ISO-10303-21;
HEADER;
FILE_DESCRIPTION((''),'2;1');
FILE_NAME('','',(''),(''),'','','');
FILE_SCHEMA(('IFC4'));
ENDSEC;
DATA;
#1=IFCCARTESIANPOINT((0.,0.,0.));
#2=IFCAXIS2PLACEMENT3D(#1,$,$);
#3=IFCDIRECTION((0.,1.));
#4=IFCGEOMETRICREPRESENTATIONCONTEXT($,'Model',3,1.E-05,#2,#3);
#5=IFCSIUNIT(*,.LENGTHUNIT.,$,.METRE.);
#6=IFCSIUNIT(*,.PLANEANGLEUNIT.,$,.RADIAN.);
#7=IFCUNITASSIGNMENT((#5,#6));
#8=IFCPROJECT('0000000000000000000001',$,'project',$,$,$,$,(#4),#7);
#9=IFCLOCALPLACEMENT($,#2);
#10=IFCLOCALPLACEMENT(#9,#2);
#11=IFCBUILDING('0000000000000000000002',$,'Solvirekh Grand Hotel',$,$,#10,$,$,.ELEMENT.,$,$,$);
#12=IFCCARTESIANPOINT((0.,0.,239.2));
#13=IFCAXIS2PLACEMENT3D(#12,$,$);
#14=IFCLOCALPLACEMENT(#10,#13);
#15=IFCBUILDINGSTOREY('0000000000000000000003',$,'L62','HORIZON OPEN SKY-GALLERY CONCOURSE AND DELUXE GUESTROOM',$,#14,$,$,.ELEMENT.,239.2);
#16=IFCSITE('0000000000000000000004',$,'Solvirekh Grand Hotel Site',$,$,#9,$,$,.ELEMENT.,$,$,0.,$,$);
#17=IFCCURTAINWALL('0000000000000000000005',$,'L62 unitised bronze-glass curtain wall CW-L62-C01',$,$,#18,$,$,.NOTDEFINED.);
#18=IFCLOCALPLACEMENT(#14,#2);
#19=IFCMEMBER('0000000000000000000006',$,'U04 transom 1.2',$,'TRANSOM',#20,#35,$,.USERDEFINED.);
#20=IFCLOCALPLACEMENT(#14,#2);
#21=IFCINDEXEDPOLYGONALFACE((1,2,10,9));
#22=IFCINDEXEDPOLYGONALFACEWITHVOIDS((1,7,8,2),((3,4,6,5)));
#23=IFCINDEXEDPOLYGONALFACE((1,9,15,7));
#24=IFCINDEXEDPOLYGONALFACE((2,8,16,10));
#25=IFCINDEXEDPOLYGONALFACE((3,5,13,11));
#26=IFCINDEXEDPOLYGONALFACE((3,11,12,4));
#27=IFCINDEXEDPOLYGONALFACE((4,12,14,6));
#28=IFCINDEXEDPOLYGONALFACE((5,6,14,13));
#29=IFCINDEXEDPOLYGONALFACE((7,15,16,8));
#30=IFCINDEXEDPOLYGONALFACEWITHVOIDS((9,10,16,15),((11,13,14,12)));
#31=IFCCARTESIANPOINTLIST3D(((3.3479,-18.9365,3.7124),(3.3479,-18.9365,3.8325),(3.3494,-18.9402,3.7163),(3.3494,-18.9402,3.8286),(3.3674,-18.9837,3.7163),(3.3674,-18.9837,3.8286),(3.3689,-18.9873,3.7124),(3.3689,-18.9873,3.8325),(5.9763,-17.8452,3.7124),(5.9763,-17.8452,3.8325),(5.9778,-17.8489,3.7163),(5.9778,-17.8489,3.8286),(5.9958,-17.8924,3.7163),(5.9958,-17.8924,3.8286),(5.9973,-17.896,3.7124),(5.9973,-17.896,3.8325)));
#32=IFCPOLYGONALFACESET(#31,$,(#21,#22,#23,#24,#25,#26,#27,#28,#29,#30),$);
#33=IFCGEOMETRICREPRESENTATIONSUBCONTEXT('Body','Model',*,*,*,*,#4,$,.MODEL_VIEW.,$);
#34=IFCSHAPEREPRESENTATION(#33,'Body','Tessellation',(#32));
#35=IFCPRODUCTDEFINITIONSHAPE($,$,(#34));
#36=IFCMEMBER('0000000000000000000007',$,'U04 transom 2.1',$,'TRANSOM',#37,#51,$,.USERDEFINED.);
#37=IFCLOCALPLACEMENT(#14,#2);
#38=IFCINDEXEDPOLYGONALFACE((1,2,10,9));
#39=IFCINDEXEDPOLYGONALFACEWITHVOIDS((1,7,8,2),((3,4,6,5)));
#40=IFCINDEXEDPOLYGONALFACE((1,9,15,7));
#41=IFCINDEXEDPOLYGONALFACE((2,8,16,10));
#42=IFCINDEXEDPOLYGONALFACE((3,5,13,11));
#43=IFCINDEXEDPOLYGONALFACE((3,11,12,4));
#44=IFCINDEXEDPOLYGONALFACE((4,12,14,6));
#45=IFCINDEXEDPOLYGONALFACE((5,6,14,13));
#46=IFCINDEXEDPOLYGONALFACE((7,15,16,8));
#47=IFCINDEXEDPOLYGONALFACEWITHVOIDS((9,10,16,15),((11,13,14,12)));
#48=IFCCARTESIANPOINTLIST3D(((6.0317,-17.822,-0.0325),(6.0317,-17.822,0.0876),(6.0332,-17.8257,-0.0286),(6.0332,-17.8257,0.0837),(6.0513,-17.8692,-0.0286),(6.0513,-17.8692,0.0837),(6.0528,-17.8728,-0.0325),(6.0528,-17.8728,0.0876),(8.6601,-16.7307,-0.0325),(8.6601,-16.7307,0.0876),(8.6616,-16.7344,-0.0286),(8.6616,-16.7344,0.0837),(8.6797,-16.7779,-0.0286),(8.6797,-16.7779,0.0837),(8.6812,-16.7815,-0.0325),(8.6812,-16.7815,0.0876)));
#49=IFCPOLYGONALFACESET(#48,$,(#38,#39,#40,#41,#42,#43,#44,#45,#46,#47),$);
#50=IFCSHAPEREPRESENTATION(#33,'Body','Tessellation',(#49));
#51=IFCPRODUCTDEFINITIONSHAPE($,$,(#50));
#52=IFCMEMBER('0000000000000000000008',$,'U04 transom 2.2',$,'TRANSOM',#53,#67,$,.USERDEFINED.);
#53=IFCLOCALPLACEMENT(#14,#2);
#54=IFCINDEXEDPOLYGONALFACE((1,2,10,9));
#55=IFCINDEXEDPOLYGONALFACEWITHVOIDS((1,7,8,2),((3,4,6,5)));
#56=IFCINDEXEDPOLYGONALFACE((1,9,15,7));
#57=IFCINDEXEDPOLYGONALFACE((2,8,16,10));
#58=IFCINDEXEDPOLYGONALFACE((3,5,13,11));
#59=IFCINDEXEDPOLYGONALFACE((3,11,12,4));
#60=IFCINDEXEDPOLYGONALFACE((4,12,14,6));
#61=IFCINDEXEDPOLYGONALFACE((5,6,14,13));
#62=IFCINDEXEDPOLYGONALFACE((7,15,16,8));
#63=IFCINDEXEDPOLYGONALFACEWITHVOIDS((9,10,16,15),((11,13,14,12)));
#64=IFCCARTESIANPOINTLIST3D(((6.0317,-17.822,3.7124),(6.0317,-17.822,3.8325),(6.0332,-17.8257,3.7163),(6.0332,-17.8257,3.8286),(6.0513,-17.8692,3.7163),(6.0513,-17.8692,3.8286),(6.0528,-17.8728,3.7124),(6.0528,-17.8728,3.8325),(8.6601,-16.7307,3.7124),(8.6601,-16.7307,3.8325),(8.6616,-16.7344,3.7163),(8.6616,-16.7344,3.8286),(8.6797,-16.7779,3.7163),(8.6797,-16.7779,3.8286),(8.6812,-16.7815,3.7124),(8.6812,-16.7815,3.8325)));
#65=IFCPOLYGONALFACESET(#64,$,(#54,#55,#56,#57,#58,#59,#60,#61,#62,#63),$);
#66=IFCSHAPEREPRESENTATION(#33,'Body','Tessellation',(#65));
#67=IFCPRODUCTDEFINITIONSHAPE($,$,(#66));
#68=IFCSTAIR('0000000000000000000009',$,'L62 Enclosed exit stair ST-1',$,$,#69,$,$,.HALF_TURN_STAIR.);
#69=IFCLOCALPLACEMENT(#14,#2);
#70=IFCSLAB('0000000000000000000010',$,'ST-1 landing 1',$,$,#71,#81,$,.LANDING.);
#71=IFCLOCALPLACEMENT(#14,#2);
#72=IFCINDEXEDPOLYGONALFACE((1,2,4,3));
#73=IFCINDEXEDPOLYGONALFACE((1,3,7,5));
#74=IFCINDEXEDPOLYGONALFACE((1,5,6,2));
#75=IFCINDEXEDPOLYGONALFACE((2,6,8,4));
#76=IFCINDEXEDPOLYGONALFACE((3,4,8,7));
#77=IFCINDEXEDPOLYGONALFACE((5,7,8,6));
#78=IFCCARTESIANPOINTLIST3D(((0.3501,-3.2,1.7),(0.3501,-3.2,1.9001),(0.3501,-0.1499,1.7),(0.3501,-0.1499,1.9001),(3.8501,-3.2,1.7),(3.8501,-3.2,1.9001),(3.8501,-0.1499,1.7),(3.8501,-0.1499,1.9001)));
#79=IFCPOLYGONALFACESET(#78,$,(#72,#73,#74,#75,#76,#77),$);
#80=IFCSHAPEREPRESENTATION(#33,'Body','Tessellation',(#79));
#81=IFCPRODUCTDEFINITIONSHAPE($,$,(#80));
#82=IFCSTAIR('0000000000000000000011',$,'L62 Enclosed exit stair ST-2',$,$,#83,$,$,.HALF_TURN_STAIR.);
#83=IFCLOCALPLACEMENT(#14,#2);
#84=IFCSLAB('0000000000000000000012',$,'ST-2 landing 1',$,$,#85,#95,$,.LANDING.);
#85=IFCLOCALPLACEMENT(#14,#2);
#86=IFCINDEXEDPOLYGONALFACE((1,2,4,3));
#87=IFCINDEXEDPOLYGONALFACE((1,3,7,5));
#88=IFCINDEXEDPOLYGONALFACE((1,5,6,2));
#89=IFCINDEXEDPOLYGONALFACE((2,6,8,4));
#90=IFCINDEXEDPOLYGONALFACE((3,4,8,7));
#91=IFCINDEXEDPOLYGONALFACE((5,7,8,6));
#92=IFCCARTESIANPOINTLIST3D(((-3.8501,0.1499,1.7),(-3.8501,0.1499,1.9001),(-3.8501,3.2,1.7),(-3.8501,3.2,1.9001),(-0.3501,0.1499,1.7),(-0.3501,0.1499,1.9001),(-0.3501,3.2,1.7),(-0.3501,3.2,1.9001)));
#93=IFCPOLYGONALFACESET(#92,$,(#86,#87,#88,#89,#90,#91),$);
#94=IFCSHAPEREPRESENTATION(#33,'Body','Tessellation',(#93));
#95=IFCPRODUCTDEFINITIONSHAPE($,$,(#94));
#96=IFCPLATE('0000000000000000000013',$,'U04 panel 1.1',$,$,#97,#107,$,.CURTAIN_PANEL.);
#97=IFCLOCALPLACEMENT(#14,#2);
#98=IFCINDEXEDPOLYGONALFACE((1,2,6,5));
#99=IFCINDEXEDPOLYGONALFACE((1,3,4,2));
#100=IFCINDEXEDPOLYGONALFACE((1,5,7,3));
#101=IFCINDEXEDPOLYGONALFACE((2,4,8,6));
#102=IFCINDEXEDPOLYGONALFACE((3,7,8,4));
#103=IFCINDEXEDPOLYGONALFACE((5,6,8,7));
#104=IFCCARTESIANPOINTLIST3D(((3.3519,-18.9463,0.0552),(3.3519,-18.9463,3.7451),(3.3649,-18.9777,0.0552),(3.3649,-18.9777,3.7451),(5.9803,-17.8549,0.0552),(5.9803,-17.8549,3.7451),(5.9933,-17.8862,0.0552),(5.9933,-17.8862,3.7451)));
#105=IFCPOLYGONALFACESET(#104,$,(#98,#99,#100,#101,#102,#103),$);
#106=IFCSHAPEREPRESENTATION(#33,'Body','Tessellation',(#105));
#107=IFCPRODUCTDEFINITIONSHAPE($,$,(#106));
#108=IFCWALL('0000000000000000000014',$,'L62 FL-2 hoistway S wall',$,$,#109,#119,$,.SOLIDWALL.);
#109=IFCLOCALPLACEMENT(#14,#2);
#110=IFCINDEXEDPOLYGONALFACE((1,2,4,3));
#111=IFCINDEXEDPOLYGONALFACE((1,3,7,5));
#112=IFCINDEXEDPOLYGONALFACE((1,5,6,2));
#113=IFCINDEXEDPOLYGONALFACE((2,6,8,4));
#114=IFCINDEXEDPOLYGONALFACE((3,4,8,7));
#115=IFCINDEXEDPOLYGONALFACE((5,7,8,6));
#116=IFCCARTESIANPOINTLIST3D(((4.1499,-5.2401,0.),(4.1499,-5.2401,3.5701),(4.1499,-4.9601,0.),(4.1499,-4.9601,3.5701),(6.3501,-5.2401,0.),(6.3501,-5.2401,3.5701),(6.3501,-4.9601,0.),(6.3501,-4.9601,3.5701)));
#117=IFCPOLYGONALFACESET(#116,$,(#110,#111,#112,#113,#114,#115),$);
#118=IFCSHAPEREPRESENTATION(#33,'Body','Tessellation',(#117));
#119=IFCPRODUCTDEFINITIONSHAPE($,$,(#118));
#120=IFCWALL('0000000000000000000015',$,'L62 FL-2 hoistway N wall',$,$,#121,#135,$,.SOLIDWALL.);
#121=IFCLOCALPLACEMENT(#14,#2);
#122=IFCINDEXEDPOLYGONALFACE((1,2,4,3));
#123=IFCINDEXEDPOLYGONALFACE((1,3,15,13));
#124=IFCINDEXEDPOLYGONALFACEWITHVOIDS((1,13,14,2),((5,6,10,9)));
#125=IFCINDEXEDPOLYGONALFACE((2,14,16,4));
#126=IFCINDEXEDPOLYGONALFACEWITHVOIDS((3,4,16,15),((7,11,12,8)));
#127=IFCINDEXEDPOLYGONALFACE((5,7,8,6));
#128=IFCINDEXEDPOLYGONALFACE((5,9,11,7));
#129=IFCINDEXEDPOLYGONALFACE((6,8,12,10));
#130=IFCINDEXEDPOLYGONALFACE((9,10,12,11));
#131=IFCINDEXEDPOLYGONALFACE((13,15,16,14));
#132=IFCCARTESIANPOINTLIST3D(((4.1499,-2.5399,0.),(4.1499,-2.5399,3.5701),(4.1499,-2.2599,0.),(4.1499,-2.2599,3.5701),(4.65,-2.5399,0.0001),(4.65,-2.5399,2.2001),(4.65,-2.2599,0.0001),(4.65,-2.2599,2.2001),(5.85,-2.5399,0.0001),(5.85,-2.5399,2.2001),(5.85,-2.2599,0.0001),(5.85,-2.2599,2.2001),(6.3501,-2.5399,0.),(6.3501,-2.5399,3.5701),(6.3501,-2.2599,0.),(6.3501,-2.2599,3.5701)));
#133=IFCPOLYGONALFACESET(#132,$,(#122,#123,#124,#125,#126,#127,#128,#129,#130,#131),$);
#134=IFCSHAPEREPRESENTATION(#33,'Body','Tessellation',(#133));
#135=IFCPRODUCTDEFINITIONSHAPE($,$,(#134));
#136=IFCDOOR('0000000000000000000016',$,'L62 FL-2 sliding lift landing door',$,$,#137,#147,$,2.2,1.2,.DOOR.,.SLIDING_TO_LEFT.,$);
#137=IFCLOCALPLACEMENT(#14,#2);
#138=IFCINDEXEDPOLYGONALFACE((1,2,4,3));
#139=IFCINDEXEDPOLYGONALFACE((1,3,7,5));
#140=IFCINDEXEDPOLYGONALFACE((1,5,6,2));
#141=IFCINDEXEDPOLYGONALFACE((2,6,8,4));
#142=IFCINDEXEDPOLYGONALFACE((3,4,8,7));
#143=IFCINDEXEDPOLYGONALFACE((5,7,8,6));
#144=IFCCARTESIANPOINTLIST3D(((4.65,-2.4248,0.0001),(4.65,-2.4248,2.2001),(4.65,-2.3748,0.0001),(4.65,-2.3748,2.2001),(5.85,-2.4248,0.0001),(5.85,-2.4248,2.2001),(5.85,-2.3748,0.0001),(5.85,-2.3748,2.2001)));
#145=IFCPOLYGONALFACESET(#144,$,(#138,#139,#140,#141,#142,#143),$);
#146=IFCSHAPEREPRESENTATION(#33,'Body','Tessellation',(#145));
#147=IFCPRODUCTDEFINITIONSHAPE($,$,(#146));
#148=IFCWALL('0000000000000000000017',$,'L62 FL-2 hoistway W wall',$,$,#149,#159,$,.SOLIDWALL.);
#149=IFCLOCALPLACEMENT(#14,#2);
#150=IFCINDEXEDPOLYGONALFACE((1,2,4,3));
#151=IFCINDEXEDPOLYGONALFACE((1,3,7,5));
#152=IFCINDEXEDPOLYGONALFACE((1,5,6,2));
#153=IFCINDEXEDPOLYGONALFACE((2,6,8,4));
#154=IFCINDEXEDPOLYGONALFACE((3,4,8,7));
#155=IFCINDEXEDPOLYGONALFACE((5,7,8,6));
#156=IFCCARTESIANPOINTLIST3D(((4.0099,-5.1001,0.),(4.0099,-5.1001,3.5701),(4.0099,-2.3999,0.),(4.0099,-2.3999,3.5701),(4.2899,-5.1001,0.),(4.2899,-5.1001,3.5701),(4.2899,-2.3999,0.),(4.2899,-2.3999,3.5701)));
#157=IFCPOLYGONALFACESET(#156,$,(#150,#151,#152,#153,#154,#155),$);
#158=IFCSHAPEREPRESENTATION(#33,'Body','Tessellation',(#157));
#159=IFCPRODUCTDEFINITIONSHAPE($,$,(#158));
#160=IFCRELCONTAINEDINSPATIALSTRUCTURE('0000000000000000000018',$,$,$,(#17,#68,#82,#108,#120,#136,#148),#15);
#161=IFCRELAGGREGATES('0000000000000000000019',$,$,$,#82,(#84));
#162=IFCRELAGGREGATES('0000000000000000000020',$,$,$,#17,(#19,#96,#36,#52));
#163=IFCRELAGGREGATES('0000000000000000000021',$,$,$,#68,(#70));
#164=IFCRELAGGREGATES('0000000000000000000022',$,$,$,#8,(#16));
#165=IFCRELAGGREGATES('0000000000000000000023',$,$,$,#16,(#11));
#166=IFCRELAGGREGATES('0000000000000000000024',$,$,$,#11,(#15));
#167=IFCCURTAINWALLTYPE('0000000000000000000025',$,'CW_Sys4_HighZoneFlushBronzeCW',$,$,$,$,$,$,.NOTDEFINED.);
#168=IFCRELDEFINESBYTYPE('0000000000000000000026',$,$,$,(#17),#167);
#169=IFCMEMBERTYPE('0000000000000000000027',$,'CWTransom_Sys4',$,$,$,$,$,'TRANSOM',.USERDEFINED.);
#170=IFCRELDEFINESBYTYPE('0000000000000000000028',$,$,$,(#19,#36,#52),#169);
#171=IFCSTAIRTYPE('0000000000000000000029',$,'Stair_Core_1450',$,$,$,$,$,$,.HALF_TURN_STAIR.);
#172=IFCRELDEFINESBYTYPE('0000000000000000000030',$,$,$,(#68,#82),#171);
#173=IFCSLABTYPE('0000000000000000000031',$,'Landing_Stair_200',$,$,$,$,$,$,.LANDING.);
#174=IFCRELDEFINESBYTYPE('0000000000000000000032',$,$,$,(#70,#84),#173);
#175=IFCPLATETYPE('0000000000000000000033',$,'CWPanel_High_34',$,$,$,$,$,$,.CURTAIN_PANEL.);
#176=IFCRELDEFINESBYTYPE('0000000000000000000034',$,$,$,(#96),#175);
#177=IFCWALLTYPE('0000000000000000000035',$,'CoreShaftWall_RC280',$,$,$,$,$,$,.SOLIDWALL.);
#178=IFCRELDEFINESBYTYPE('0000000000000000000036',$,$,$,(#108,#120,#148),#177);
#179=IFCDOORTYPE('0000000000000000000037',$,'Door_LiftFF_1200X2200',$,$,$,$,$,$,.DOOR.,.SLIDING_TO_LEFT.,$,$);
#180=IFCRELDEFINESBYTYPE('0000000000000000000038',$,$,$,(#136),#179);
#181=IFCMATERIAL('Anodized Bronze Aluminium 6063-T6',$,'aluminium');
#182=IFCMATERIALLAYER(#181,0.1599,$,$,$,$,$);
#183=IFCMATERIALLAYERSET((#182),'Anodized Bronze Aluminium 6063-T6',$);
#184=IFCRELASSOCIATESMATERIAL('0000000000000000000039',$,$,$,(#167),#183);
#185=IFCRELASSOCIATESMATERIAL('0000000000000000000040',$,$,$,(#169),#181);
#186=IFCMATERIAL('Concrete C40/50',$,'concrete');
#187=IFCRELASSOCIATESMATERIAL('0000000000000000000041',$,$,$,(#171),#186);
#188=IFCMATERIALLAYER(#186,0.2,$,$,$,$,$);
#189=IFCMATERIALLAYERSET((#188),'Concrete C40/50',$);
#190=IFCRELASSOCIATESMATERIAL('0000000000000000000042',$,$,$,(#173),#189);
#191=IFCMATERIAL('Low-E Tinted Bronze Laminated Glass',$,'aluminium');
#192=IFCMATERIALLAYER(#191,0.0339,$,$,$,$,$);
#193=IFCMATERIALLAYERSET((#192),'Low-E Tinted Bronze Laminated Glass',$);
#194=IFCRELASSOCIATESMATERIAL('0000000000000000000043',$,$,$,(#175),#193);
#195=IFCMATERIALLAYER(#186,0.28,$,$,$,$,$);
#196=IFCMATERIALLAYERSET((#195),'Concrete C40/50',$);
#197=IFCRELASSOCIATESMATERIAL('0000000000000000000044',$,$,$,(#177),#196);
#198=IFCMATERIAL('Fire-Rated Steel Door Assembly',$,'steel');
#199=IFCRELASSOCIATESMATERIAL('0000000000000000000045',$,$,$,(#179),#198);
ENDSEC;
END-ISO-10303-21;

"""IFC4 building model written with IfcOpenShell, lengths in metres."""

from ifc_helpers import new_model, si_unit, direction, frame, frame_2d, origin, origin_2d, place, context, subcontext, project, spatial, polyline, rectangle, hollow_rectangle, outline, extrude, source, transform, mapped, material, layer, layer_set, material_profile, profile_set, type_object, element, fill, aggregate, save


model = new_model("IFC4")

# Units and contexts
model_context = context("Model", 3, precision=1e-05, world=origin(), true_north=direction((0.0, 1.0)))
body_context = subcontext(model_context, "Body", "Model", "MODEL_VIEW")
ifc_project = project(units=[si_unit("LENGTHUNIT", "METRE"), si_unit("PLANEANGLEUNIT", "RADIAN")], contexts=[model_context])

# Site, building, storey
site_placement = place(None, origin())
site = spatial("IfcSite", under=ifc_project, at=site_placement, Name="Solvirekh Grand Hotel Site", CompositionType="ELEMENT", RefElevation=0.0)
building_placement = place(site_placement, origin())
building = spatial("IfcBuilding", under=site, at=building_placement, Name="Solvirekh Grand Hotel", CompositionType="ELEMENT")
storey_placement = place(building_placement, frame((0.0, 0.0, 239.2)))
storey = spatial("IfcBuildingStorey", under=building, at=storey_placement, Name="L62", Description="HORIZON OPEN SKY-GALLERY CONCOURSE AND DELUXE GUESTROOM", CompositionType="ELEMENT", Elevation=239.2)

# Curtain wall, members
ifc_material_1 = material(Name="Anodized Bronze Aluminium 6063-T6", Category="aluminium")
ifc_layer_1 = layer(ifc_material_1, 0.1599)
ifc_layer_set_1 = layer_set([ifc_layer_1], Name="Anodized Bronze Aluminium 6063-T6")
curtain_wall_type = type_object("IfcCurtainWallType", Name="CW_Sys4_HighZoneFlushBronzeCW", PredefinedType="NOTDEFINED", material=ifc_layer_set_1)
curtain_wall_placement = place(storey_placement, origin())
curtain_wall = element("IfcCurtainWall", 1, at=curtain_wall_placement, inside=storey, type_object=curtain_wall_type, Name="L62 unitised bronze-glass curtain wall CW-L62-C01", PredefinedType="NOTDEFINED")
ifc_material_profile_1 = material_profile(ifc_material_1, hollow_rectangle(XDim=0.0549, YDim=0.1201, WallThickness=0.0039, at=origin_2d()), Name="ALU RHS 120X55X4")
ifc_profile_set_1 = profile_set([ifc_material_profile_1], Name="Anodized Bronze Aluminium 6063-T6")
member_type_1 = type_object("IfcMemberType", Name="CWTransom_Sys4", ElementType="TRANSOM", PredefinedType="USERDEFINED", material=ifc_profile_set_1)
shared_shape_1 = source(origin(), body_context, "Body", "SweptSolid", [
    extrude(hollow_rectangle(XDim=0.0549, YDim=0.1201, WallThickness=0.0039, at=origin_2d()), origin(), (0.0, 0.0, 1.0), 2.8459),
])
member_1_placement = place(storey_placement, frame((3.3584, -18.9619, 3.7725), z_axis=(0.923558, 0.383458, 0.0), x_axis=(-0.383458, 0.923558, 0.0)))
member_1 = element("IfcMember", 2, at=member_1_placement, type_object=member_type_1, Name="U04 transom 1.2", ObjectType="TRANSOM", PredefinedType="USERDEFINED", context=body_context, shape_type="MappedRepresentation", body=[
    mapped(shared_shape_1, transform((0.0, 0.0, 0.0), x_axis=(1.0, 0.0, 0.0), y_axis=(0.0, 1.0, 0.0), z_axis=(0.0, 0.0, 1.0), scale=1.0)),
])
member_2_placement = place(storey_placement, frame((6.0422, -17.8474, 0.0276), z_axis=(0.923558, 0.383458, 0.0), x_axis=(-0.383458, 0.923558, 0.0)))
member_2 = element("IfcMember", 3, at=member_2_placement, type_object=member_type_1, Name="U04 transom 2.1", ObjectType="TRANSOM", PredefinedType="USERDEFINED", context=body_context, shape_type="MappedRepresentation", body=[
    mapped(shared_shape_1, transform((0.0, 0.0, 0.0), x_axis=(1.0, 0.0, 0.0), y_axis=(0.0, 1.0, 0.0), z_axis=(0.0, 0.0, 1.0), scale=1.0)),
])
member_3_placement = place(storey_placement, frame((6.0422, -17.8474, 3.7725), z_axis=(0.923558, 0.383458, 0.0), x_axis=(-0.383458, 0.923558, 0.0)))
member_3 = element("IfcMember", 4, at=member_3_placement, type_object=member_type_1, Name="U04 transom 2.2", ObjectType="TRANSOM", PredefinedType="USERDEFINED", context=body_context, shape_type="MappedRepresentation", body=[
    mapped(shared_shape_1, transform((0.0, 0.0, 0.0), x_axis=(1.0, 0.0, 0.0), y_axis=(0.0, 1.0, 0.0), z_axis=(0.0, 0.0, 1.0), scale=1.0)),
])

# Stairs, slabs
ifc_material_2 = material(Name="Concrete C40/50", Category="concrete")
stair_type = type_object("IfcStairType", Name="Stair_Core_1450", PredefinedType="HALF_TURN_STAIR", material=ifc_material_2)
stair_1_placement = place(storey_placement, origin())
stair_1 = element("IfcStair", 5, at=stair_1_placement, inside=storey, type_object=stair_type, Name="L62 Enclosed exit stair ST-1", PredefinedType="HALF_TURN_STAIR")
ifc_layer_2 = layer(ifc_material_2, 0.2)
ifc_layer_set_2 = layer_set([ifc_layer_2], Name="Concrete C40/50")
slab_type = type_object("IfcSlabType", Name="Landing_Stair_200", PredefinedType="LANDING", material=ifc_layer_set_2)
slab_1_placement = place(storey_placement, frame((0.0, 0.0, 1.7)))
slab_1 = element("IfcSlab", 6, at=slab_1_placement, type_object=slab_type, Name="ST-1 landing 1", PredefinedType="LANDING", context=body_context, shape_type="SweptSolid", body=[
    extrude(outline(polyline([(0.3501, -3.2), (3.8501, -3.2), (3.8501, -0.1499), (0.3501, -0.1499), (0.3501, -3.2)])), origin(), (0.0, 0.0, 1.0), 0.2002),
])
stair_2_placement = place(storey_placement, origin())
stair_2 = element("IfcStair", 7, at=stair_2_placement, inside=storey, type_object=stair_type, Name="L62 Enclosed exit stair ST-2", PredefinedType="HALF_TURN_STAIR")
slab_2_placement = place(storey_placement, frame((0.0, 0.0, 1.7)))
slab_2 = element("IfcSlab", 8, at=slab_2_placement, type_object=slab_type, Name="ST-2 landing 1", PredefinedType="LANDING", context=body_context, shape_type="SweptSolid", body=[
    extrude(outline(polyline([(-0.3501, 3.2), (-3.8501, 3.2), (-3.8501, 0.1499), (-0.3501, 0.1499), (-0.3501, 3.2)])), origin(), (0.0, 0.0, 1.0), 0.2002),
])
aggregate(stair_2, [slab_2])

# Plate
ifc_material_3 = material(Name="Low-E Tinted Bronze Laminated Glass", Category="aluminium")
ifc_layer_3 = layer(ifc_material_3, 0.0339)
ifc_layer_set_3 = layer_set([ifc_layer_3], Name="Low-E Tinted Bronze Laminated Glass")
plate_type = type_object("IfcPlateType", Name="CWPanel_High_34", PredefinedType="CURTAIN_PANEL", material=ifc_layer_set_3)
shared_shape_2 = source(origin(), body_context, "Body", "SweptSolid", [
    extrude(rectangle(XDim=2.8459, YDim=0.0339, at=origin_2d()), origin(), (0.0, 0.0, 1.0), 3.6899),
])
plate_placement = place(storey_placement, frame((4.6726, -18.4163, 0.0552), z_axis=(0.0, 0.0, 1.0), x_axis=(0.923535, 0.383515, 0.0)))
plate = element("IfcPlate", 9, at=plate_placement, type_object=plate_type, Name="U04 panel 1.1", PredefinedType="CURTAIN_PANEL", context=body_context, shape_type="MappedRepresentation", body=[
    mapped(shared_shape_2, transform((0.0, 0.0, 0.0), x_axis=(1.0, 0.0, 0.0), y_axis=(0.0, 1.0, 0.0), z_axis=(0.0, 0.0, 1.0), scale=1.0)),
])
aggregate(curtain_wall, [member_1, plate, member_2, member_3])

# Wall
ifc_layer_4 = layer(ifc_material_2, 0.28)
ifc_layer_set_4 = layer_set([ifc_layer_4], Name="Concrete C40/50")
wall_type_1 = type_object("IfcWallType", Name="CoreShaftWall_RC280", PredefinedType="SOLIDWALL", material=ifc_layer_set_4)
wall_1_placement = place(storey_placement, frame((4.1499, -5.1001, 0.0), z_axis=(0.0, 0.0, 1.0), x_axis=(1.0, 0.0, 0.0)))
element("IfcWall", 10, at=wall_1_placement, inside=storey, type_object=wall_type_1, Name="L62 FL-2 hoistway S wall", PredefinedType="SOLIDWALL", context=body_context, shape_type="SweptSolid", body=[
    extrude(rectangle(XDim=2.2002, YDim=0.28, at=frame_2d((1.1001, 0.0))), origin(), (0.0, 0.0, 1.0), 3.5701),
])

# Wall, opening, door
wall_2_placement = place(storey_placement, frame((6.3501, -2.3999, 0.0), z_axis=(0.0, 0.0, 1.0), x_axis=(-1.0, 0.0, 0.0)))
wall_2 = element("IfcWall", 11, at=wall_2_placement, inside=storey, type_object=wall_type_1, Name="L62 FL-2 hoistway N wall", PredefinedType="SOLIDWALL", context=body_context, shape_type="SweptSolid", body=[
    extrude(rectangle(XDim=2.2002, YDim=0.28, at=frame_2d((1.1001, 0.0))), origin(), (0.0, 0.0, 1.0), 3.5701),
])
opening_1_placement = place(wall_2_placement, frame((0.5, 0.0, 0.0)))
opening_1 = element("IfcOpeningElement", 12, at=opening_1_placement, cuts=wall_2, PredefinedType="OPENING", context=body_context, shape_type="SweptSolid", body=[
    extrude(rectangle(XDim=1.2, YDim=2.2, at=frame_2d((0.6001, 1.1001))), frame((0.0, 0.1499, 0.0), z_axis=(0.0, -1.0, 0.0), x_axis=(1.0, 0.0, 0.0)), (0.0, 0.0, 1.0), 0.3),
])
ifc_material_4 = material(Name="Fire-Rated Steel Door Assembly", Category="steel")
door_type_1 = type_object("IfcDoorType", Name="Door_LiftFF_1200X2200", OperationType="SLIDING_TO_LEFT", PredefinedType="DOOR", material=ifc_material_4)
door_1_placement = place(opening_1_placement, origin())
door_1 = element("IfcDoor", 13, at=door_1_placement, inside=storey, type_object=door_type_1, Name="L62 FL-2 sliding lift landing door", OperationType="SLIDING_TO_LEFT", OverallHeight=2.2, OverallWidth=1.2, PredefinedType="DOOR", context=body_context, shape_type="SweptSolid", body=[
    extrude(rectangle(XDim=1.2, YDim=2.2, at=frame_2d((0.6001, 1.1001))), frame((0.0, 0.0249, 0.0), z_axis=(0.0, -1.0, 0.0), x_axis=(1.0, 0.0, 0.0)), (0.0, 0.0, 1.0), 0.05),
])
fill(opening_1, door_1)

# Wall
wall_3_placement = place(storey_placement, frame((4.1499, -2.3999, 0.0), z_axis=(0.0, 0.0, 1.0), x_axis=(0.0, -1.0, 0.0)))
element("IfcWall", 14, at=wall_3_placement, inside=storey, type_object=wall_type_1, Name="L62 FL-2 hoistway W wall", PredefinedType="SOLIDWALL", context=body_context, shape_type="SweptSolid", body=[
    extrude(rectangle(XDim=2.7002, YDim=0.28, at=frame_2d((1.3501, 0.0))), origin(), (0.0, 0.0, 1.0), 3.5701),
])

aggregate(stair_1, [slab_1])

save(model, "model.ifc")
